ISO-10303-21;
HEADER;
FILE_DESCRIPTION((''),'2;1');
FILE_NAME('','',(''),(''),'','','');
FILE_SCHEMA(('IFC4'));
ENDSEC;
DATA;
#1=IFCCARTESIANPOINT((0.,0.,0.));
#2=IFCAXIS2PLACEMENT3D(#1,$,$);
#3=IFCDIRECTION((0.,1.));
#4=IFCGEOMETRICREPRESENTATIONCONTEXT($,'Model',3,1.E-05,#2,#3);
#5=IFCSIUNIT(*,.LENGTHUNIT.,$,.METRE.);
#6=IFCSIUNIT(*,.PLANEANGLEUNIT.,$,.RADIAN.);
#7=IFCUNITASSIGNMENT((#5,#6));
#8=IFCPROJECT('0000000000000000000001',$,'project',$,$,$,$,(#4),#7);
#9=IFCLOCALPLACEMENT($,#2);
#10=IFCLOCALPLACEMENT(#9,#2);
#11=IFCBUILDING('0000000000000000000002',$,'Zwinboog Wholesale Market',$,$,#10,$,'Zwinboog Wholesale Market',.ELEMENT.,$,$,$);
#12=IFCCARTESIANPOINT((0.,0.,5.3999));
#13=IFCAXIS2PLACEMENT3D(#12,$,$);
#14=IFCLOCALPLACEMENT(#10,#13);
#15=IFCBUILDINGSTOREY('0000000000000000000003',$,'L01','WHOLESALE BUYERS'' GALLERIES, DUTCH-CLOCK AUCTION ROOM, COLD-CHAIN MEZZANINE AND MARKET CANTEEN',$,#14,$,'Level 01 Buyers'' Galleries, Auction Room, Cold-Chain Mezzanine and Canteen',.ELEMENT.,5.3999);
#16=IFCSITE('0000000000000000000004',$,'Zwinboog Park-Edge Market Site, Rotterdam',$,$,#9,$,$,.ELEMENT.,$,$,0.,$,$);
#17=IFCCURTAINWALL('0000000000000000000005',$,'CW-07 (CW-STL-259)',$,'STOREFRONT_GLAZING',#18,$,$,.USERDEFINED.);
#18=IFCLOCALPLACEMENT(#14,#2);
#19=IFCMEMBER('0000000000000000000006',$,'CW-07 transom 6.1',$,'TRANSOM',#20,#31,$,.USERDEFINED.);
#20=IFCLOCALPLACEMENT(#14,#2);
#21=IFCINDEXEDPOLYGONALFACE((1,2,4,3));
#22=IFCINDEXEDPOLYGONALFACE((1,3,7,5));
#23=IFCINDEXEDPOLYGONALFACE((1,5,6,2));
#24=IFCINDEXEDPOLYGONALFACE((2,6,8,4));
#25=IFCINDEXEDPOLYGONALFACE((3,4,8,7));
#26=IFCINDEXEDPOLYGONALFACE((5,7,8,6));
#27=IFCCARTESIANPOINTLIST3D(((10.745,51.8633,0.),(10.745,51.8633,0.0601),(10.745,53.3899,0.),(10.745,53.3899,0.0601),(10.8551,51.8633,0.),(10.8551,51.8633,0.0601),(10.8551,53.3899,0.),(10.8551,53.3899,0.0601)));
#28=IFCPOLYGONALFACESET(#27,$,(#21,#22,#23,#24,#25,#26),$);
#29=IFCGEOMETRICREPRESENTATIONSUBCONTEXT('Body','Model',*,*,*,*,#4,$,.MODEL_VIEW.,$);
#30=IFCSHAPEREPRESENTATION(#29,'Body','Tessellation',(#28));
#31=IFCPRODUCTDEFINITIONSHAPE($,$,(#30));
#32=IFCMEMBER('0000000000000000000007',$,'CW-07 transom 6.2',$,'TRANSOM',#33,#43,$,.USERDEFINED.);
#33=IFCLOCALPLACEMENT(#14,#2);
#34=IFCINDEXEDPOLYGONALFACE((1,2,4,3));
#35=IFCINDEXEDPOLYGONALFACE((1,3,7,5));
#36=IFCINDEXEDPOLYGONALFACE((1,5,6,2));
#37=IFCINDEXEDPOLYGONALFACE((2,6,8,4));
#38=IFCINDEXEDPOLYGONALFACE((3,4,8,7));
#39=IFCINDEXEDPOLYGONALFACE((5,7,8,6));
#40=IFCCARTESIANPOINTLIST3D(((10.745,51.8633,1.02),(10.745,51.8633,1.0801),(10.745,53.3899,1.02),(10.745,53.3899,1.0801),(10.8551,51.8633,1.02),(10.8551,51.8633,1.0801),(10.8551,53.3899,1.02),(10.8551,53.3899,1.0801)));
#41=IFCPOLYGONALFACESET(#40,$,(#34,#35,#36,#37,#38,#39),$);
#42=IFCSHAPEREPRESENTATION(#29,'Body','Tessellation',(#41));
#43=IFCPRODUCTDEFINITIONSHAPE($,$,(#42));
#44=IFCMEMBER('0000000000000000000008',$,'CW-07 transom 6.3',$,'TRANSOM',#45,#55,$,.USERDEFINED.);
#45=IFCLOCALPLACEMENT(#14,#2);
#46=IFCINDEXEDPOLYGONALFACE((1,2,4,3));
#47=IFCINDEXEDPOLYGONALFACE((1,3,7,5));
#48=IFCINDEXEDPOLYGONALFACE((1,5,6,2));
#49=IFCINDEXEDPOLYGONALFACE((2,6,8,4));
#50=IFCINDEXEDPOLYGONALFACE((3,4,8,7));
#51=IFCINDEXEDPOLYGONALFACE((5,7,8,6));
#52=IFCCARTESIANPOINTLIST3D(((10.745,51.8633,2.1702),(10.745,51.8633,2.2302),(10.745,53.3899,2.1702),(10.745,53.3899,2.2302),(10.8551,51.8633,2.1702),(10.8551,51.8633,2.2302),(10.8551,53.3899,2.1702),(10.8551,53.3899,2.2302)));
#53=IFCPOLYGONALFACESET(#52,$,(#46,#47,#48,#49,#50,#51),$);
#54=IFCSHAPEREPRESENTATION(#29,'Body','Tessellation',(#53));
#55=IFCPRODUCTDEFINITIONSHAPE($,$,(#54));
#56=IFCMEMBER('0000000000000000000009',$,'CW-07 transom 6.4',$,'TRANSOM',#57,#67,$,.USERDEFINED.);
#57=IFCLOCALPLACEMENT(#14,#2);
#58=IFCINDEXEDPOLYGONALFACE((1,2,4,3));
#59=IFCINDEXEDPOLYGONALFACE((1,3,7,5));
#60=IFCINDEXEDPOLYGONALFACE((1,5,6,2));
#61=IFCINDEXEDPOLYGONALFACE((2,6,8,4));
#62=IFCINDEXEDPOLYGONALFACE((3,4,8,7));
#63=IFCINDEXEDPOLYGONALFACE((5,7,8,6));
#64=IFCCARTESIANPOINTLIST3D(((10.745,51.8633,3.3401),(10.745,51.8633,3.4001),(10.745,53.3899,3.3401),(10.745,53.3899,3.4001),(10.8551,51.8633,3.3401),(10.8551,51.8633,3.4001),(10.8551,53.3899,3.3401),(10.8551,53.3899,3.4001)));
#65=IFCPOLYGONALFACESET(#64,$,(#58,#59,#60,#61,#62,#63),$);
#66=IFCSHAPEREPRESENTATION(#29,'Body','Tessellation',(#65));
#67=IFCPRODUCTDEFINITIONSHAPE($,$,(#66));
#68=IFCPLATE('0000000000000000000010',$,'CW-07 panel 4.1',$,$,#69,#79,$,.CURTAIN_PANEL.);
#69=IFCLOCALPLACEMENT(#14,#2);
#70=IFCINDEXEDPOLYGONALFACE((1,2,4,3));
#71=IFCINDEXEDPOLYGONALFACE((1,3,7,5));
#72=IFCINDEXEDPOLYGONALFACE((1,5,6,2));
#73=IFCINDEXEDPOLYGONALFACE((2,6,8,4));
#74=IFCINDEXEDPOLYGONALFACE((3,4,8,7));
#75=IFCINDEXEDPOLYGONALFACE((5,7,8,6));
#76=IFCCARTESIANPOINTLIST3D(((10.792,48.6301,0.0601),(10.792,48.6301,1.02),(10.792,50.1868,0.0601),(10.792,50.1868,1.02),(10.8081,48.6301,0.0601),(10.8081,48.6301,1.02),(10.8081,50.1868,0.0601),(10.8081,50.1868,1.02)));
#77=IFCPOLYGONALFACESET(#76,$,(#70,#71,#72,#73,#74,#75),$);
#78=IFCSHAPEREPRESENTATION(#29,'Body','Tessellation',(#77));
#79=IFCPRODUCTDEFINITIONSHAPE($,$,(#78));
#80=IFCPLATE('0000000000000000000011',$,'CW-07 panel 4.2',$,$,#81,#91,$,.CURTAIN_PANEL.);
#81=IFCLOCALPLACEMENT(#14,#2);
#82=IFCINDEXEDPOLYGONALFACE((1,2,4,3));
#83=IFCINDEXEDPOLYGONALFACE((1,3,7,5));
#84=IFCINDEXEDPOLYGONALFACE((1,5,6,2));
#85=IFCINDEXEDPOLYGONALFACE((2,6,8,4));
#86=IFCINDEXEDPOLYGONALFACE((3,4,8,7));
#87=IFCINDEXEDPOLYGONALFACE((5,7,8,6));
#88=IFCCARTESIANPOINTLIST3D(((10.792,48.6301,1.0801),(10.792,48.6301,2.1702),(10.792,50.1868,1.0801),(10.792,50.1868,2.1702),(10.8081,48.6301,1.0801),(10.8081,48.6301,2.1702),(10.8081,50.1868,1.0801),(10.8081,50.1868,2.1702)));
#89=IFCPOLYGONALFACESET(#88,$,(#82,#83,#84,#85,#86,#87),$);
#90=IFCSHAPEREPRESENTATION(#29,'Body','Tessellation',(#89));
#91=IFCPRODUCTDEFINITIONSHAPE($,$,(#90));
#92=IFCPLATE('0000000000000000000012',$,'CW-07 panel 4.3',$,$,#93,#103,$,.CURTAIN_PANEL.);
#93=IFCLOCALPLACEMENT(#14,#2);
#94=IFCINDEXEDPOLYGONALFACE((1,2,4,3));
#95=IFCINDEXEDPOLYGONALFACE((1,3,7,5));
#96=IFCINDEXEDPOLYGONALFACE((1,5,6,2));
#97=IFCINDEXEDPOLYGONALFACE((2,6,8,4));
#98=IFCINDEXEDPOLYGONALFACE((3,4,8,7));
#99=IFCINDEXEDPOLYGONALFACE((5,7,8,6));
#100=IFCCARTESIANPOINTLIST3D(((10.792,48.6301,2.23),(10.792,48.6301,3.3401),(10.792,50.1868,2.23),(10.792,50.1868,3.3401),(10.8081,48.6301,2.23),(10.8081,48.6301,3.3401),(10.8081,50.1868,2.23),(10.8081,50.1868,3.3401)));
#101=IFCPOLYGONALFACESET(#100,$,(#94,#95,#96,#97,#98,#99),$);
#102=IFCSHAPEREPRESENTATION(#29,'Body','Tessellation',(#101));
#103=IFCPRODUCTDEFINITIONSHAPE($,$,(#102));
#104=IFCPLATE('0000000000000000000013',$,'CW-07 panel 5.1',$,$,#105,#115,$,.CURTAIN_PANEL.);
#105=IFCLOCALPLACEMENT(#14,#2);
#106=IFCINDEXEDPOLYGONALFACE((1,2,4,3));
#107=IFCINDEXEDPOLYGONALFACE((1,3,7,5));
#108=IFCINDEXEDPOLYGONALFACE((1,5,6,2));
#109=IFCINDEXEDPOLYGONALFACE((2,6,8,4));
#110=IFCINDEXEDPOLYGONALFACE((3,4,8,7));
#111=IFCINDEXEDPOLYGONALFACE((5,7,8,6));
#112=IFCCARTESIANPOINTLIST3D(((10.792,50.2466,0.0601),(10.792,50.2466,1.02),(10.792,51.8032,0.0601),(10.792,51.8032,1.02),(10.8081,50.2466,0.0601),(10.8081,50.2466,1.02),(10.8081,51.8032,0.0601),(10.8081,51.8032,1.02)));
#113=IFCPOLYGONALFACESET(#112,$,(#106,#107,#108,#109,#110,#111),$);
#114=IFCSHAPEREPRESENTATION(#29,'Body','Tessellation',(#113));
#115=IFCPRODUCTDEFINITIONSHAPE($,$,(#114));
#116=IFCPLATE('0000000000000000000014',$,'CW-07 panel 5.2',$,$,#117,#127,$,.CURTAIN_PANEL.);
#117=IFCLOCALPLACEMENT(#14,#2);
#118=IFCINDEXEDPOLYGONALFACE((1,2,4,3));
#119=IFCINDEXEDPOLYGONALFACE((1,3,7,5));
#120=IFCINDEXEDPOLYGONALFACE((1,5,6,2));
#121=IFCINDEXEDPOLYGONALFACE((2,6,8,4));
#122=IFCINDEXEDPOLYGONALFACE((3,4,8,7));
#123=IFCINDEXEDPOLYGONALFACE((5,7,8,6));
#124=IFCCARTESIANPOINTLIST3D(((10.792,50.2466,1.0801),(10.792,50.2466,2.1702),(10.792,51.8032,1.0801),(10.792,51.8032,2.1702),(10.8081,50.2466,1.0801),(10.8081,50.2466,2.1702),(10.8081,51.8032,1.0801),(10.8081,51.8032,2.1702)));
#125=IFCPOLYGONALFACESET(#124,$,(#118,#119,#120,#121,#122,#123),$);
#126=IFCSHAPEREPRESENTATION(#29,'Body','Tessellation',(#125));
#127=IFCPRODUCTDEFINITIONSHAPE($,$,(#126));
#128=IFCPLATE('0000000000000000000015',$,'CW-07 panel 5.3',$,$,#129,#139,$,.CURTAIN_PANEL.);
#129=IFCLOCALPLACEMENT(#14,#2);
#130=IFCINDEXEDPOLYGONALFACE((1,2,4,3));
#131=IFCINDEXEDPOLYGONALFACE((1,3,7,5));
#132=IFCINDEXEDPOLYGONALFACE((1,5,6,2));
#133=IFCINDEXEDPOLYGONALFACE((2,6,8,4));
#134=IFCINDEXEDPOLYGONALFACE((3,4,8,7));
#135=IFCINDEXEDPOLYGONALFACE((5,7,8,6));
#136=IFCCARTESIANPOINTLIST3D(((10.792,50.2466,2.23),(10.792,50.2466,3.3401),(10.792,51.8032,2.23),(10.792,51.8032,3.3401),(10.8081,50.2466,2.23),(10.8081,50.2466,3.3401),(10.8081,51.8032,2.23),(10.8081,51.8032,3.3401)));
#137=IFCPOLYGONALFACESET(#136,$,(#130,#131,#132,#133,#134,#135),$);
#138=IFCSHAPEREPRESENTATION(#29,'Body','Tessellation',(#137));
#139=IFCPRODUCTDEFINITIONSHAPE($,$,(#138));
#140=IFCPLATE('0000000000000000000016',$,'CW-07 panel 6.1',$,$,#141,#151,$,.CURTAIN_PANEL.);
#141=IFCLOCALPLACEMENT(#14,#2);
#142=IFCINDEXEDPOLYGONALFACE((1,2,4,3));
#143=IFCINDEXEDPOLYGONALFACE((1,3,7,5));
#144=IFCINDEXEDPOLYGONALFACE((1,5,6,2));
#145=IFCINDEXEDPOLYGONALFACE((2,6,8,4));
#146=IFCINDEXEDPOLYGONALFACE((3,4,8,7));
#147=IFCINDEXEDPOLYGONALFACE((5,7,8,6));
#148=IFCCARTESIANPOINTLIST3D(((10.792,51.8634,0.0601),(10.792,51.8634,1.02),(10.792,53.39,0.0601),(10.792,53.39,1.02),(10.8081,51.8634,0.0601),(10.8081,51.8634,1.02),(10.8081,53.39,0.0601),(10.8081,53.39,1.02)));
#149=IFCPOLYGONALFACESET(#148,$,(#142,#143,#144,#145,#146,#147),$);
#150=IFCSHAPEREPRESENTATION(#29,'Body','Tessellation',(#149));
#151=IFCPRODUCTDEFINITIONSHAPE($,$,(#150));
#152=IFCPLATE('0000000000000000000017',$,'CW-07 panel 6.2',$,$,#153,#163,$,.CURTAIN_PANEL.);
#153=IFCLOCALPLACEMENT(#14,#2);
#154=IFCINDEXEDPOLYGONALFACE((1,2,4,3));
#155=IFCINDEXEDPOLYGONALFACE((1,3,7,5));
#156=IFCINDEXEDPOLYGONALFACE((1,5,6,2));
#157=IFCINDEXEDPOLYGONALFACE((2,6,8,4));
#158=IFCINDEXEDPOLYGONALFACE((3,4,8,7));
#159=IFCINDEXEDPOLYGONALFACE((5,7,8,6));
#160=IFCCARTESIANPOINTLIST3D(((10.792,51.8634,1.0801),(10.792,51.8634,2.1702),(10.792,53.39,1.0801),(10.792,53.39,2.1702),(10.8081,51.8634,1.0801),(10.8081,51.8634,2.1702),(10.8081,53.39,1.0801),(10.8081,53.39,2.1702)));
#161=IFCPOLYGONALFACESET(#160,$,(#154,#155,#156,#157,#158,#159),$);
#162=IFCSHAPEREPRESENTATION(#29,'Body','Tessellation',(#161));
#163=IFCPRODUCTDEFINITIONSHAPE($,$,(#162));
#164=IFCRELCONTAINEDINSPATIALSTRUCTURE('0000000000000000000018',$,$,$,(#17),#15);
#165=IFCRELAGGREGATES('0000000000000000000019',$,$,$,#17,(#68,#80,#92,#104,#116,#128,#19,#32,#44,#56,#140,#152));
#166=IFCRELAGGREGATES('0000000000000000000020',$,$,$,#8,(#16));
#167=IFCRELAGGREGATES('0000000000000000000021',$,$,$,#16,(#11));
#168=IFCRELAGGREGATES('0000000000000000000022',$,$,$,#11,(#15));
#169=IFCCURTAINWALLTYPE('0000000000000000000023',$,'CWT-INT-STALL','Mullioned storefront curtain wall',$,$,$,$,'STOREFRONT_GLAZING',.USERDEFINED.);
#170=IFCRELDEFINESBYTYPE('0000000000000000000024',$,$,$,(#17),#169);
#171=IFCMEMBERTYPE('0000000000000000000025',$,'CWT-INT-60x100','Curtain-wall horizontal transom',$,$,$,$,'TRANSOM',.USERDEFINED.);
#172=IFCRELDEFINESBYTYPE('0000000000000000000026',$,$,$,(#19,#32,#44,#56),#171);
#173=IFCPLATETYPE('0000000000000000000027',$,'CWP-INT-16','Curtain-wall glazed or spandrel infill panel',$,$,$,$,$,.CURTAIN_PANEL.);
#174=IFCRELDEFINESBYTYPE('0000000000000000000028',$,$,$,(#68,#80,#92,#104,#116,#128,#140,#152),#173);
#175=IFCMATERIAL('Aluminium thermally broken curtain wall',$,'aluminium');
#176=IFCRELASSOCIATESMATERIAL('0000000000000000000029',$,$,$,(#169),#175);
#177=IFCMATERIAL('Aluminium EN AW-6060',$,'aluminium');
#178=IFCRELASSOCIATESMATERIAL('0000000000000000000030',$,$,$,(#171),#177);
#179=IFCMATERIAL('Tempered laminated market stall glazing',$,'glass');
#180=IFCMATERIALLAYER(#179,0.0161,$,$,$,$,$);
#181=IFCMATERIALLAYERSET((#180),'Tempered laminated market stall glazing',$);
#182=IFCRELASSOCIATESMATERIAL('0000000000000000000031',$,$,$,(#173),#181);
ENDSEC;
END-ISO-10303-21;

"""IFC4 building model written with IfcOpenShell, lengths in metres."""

from ifc_helpers import new_model, si_unit, direction, frame, origin, origin_2d, place, context, subcontext, project, spatial, rectangle, extrude, material, layer, layer_set, material_profile, profile_set, type_object, element, aggregate, save


model = new_model("IFC4")

# Units and contexts
model_context = context("Model", 3, precision=1e-05, world=origin(), true_north=direction((0.0, 1.0)))
body_context = subcontext(model_context, "Body", "Model", "MODEL_VIEW")
ifc_project = project(units=[si_unit("LENGTHUNIT", "METRE"), si_unit("PLANEANGLEUNIT", "RADIAN")], contexts=[model_context])

# Site, building, storey
site_placement = place(None, origin())
site = spatial("IfcSite", under=ifc_project, at=site_placement, Name="Zwinboog Park-Edge Market Site, Rotterdam", CompositionType="ELEMENT", RefElevation=0.0)
building_placement = place(site_placement, origin())
building = spatial("IfcBuilding", under=site, at=building_placement, Name="Zwinboog Wholesale Market", LongName="Zwinboog Wholesale Market", CompositionType="ELEMENT")
storey_placement = place(building_placement, frame((0.0, 0.0, 5.3999)))
storey = spatial("IfcBuildingStorey", under=building, at=storey_placement, Name="L01", Description="WHOLESALE BUYERS' GALLERIES, DUTCH-CLOCK AUCTION ROOM, COLD-CHAIN MEZZANINE AND MARKET CANTEEN", LongName="Level 01 Buyers' Galleries, Auction Room, Cold-Chain Mezzanine and Canteen", CompositionType="ELEMENT", Elevation=5.3999)

# Curtain wall, members, plates
ifc_material_1 = material(Name="Aluminium thermally broken curtain wall", Category="aluminium")
curtain_wall_type = type_object("IfcCurtainWallType", Name="CWT-INT-STALL", Description="Mullioned storefront curtain wall", ElementType="STOREFRONT_GLAZING", PredefinedType="USERDEFINED", material=ifc_material_1)
curtain_wall_placement = place(storey_placement, origin())
curtain_wall = element("IfcCurtainWall", 1, at=curtain_wall_placement, inside=storey, type_object=curtain_wall_type, Name="CW-07 (CW-STL-259)", ObjectType="STOREFRONT_GLAZING", PredefinedType="USERDEFINED")
ifc_material_2 = material(Name="Aluminium EN AW-6060", Category="aluminium")
ifc_material_profile_1 = material_profile(ifc_material_2, rectangle(XDim=0.1101, YDim=0.0601, at=origin_2d()), Name="AL 60x110")
ifc_profile_set_1 = profile_set([ifc_material_profile_1], Name="Aluminium EN AW-6060")
member_type_1 = type_object("IfcMemberType", Name="CWT-INT-60x100", Description="Curtain-wall horizontal transom", ElementType="TRANSOM", PredefinedType="USERDEFINED", material=ifc_profile_set_1)
member_1_placement = place(storey_placement, frame((10.8, 51.8633, 0.03), z_axis=(0.0, 1.0, 0.0), x_axis=(-1.0, 0.0, 0.0)))
member_1 = element("IfcMember", 2, at=member_1_placement, type_object=member_type_1, Name="CW-07 transom 6.1", ObjectType="TRANSOM", PredefinedType="USERDEFINED", context=body_context, shape_type="SweptSolid", body=[
    extrude(rectangle(XDim=0.1101, YDim=0.0601, at=origin_2d()), origin(), (0.0, 0.0, 1.0), 1.5266),
])
member_2_placement = place(storey_placement, frame((10.8, 51.8633, 1.05), z_axis=(0.0, 1.0, 0.0), x_axis=(-1.0, 0.0, 0.0)))
member_2 = element("IfcMember", 3, at=member_2_placement, type_object=member_type_1, Name="CW-07 transom 6.2", ObjectType="TRANSOM", PredefinedType="USERDEFINED", context=body_context, shape_type="SweptSolid", body=[
    extrude(rectangle(XDim=0.1101, YDim=0.0601, at=origin_2d()), origin(), (0.0, 0.0, 1.0), 1.5266),
])
member_3_placement = place(storey_placement, frame((10.8, 51.8633, 2.2002), z_axis=(0.0, 1.0, 0.0), x_axis=(-1.0, 0.0, 0.0)))
member_3 = element("IfcMember", 4, at=member_3_placement, type_object=member_type_1, Name="CW-07 transom 6.3", ObjectType="TRANSOM", PredefinedType="USERDEFINED", context=body_context, shape_type="SweptSolid", body=[
    extrude(rectangle(XDim=0.1101, YDim=0.0601, at=origin_2d()), origin(), (0.0, 0.0, 1.0), 1.5266),
])
member_4_placement = place(storey_placement, frame((10.8, 51.8633, 3.3701), z_axis=(0.0, 1.0, 0.0), x_axis=(-1.0, 0.0, 0.0)))
member_4 = element("IfcMember", 5, at=member_4_placement, type_object=member_type_1, Name="CW-07 transom 6.4", ObjectType="TRANSOM", PredefinedType="USERDEFINED", context=body_context, shape_type="SweptSolid", body=[
    extrude(rectangle(XDim=0.1101, YDim=0.0601, at=origin_2d()), origin(), (0.0, 0.0, 1.0), 1.5266),
])
ifc_material_3 = material(Name="Tempered laminated market stall glazing", Category="glass")
ifc_layer = layer(ifc_material_3, 0.0161)
ifc_layer_set = layer_set([ifc_layer], Name="Tempered laminated market stall glazing")
plate_type = type_object("IfcPlateType", Name="CWP-INT-16", Description="Curtain-wall glazed or spandrel infill panel", PredefinedType="CURTAIN_PANEL", material=ifc_layer_set)
plate_1_placement = place(storey_placement, frame((10.8, 49.4084, 0.0601), z_axis=(0.0, 0.0, 1.0), x_axis=(0.0, 1.0, 0.0)))
plate_1 = element("IfcPlate", 6, at=plate_1_placement, type_object=plate_type, Name="CW-07 panel 4.1", PredefinedType="CURTAIN_PANEL", context=body_context, shape_type="SweptSolid", body=[
    extrude(rectangle(XDim=1.5566, YDim=0.0161, at=origin_2d()), origin(), (0.0, 0.0, 1.0), 0.96),
])
plate_2_placement = place(storey_placement, frame((10.8, 49.4084, 1.0801), z_axis=(0.0, 0.0, 1.0), x_axis=(0.0, 1.0, 0.0)))
plate_2 = element("IfcPlate", 7, at=plate_2_placement, type_object=plate_type, Name="CW-07 panel 4.2", PredefinedType="CURTAIN_PANEL", context=body_context, shape_type="SweptSolid", body=[
    extrude(rectangle(XDim=1.5566, YDim=0.0161, at=origin_2d()), origin(), (0.0, 0.0, 1.0), 1.0901),
])
plate_3_placement = place(storey_placement, frame((10.8, 49.4084, 2.23), z_axis=(0.0, 0.0, 1.0), x_axis=(0.0, 1.0, 0.0)))
plate_3 = element("IfcPlate", 8, at=plate_3_placement, type_object=plate_type, Name="CW-07 panel 4.3", PredefinedType="CURTAIN_PANEL", context=body_context, shape_type="SweptSolid", body=[
    extrude(rectangle(XDim=1.5566, YDim=0.0161, at=origin_2d()), origin(), (0.0, 0.0, 1.0), 1.1101),
])
plate_4_placement = place(storey_placement, frame((10.8, 51.0249, 0.0601), z_axis=(0.0, 0.0, 1.0), x_axis=(0.0, 1.0, 0.0)))
plate_4 = element("IfcPlate", 9, at=plate_4_placement, type_object=plate_type, Name="CW-07 panel 5.1", PredefinedType="CURTAIN_PANEL", context=body_context, shape_type="SweptSolid", body=[
    extrude(rectangle(XDim=1.5566, YDim=0.0161, at=origin_2d()), origin(), (0.0, 0.0, 1.0), 0.96),
])
plate_5_placement = place(storey_placement, frame((10.8, 51.0249, 1.0801), z_axis=(0.0, 0.0, 1.0), x_axis=(0.0, 1.0, 0.0)))
plate_5 = element("IfcPlate", 10, at=plate_5_placement, type_object=plate_type, Name="CW-07 panel 5.2", PredefinedType="CURTAIN_PANEL", context=body_context, shape_type="SweptSolid", body=[
    extrude(rectangle(XDim=1.5566, YDim=0.0161, at=origin_2d()), origin(), (0.0, 0.0, 1.0), 1.0901),
])
plate_6_placement = place(storey_placement, frame((10.8, 51.0249, 2.23), z_axis=(0.0, 0.0, 1.0), x_axis=(0.0, 1.0, 0.0)))
plate_6 = element("IfcPlate", 11, at=plate_6_placement, type_object=plate_type, Name="CW-07 panel 5.3", PredefinedType="CURTAIN_PANEL", context=body_context, shape_type="SweptSolid", body=[
    extrude(rectangle(XDim=1.5566, YDim=0.0161, at=origin_2d()), origin(), (0.0, 0.0, 1.0), 1.1101),
])
plate_7_placement = place(storey_placement, frame((10.8, 52.6267, 0.0601), z_axis=(0.0, 0.0, 1.0), x_axis=(0.0, 1.0, 0.0)))
plate_7 = element("IfcPlate", 12, at=plate_7_placement, type_object=plate_type, Name="CW-07 panel 6.1", PredefinedType="CURTAIN_PANEL", context=body_context, shape_type="SweptSolid", body=[
    extrude(rectangle(XDim=1.5266, YDim=0.0161, at=origin_2d()), origin(), (0.0, 0.0, 1.0), 0.96),
])
plate_8_placement = place(storey_placement, frame((10.8, 52.6267, 1.0801), z_axis=(0.0, 0.0, 1.0), x_axis=(0.0, 1.0, 0.0)))
plate_8 = element("IfcPlate", 13, at=plate_8_placement, type_object=plate_type, Name="CW-07 panel 6.2", PredefinedType="CURTAIN_PANEL", context=body_context, shape_type="SweptSolid", body=[
    extrude(rectangle(XDim=1.5266, YDim=0.0161, at=origin_2d()), origin(), (0.0, 0.0, 1.0), 1.0901),
])
aggregate(curtain_wall, [plate_1, plate_2, plate_3, plate_4, plate_5, plate_6, member_1, member_2, member_3, member_4, plate_7, plate_8])

save(model, "model.ifc")
